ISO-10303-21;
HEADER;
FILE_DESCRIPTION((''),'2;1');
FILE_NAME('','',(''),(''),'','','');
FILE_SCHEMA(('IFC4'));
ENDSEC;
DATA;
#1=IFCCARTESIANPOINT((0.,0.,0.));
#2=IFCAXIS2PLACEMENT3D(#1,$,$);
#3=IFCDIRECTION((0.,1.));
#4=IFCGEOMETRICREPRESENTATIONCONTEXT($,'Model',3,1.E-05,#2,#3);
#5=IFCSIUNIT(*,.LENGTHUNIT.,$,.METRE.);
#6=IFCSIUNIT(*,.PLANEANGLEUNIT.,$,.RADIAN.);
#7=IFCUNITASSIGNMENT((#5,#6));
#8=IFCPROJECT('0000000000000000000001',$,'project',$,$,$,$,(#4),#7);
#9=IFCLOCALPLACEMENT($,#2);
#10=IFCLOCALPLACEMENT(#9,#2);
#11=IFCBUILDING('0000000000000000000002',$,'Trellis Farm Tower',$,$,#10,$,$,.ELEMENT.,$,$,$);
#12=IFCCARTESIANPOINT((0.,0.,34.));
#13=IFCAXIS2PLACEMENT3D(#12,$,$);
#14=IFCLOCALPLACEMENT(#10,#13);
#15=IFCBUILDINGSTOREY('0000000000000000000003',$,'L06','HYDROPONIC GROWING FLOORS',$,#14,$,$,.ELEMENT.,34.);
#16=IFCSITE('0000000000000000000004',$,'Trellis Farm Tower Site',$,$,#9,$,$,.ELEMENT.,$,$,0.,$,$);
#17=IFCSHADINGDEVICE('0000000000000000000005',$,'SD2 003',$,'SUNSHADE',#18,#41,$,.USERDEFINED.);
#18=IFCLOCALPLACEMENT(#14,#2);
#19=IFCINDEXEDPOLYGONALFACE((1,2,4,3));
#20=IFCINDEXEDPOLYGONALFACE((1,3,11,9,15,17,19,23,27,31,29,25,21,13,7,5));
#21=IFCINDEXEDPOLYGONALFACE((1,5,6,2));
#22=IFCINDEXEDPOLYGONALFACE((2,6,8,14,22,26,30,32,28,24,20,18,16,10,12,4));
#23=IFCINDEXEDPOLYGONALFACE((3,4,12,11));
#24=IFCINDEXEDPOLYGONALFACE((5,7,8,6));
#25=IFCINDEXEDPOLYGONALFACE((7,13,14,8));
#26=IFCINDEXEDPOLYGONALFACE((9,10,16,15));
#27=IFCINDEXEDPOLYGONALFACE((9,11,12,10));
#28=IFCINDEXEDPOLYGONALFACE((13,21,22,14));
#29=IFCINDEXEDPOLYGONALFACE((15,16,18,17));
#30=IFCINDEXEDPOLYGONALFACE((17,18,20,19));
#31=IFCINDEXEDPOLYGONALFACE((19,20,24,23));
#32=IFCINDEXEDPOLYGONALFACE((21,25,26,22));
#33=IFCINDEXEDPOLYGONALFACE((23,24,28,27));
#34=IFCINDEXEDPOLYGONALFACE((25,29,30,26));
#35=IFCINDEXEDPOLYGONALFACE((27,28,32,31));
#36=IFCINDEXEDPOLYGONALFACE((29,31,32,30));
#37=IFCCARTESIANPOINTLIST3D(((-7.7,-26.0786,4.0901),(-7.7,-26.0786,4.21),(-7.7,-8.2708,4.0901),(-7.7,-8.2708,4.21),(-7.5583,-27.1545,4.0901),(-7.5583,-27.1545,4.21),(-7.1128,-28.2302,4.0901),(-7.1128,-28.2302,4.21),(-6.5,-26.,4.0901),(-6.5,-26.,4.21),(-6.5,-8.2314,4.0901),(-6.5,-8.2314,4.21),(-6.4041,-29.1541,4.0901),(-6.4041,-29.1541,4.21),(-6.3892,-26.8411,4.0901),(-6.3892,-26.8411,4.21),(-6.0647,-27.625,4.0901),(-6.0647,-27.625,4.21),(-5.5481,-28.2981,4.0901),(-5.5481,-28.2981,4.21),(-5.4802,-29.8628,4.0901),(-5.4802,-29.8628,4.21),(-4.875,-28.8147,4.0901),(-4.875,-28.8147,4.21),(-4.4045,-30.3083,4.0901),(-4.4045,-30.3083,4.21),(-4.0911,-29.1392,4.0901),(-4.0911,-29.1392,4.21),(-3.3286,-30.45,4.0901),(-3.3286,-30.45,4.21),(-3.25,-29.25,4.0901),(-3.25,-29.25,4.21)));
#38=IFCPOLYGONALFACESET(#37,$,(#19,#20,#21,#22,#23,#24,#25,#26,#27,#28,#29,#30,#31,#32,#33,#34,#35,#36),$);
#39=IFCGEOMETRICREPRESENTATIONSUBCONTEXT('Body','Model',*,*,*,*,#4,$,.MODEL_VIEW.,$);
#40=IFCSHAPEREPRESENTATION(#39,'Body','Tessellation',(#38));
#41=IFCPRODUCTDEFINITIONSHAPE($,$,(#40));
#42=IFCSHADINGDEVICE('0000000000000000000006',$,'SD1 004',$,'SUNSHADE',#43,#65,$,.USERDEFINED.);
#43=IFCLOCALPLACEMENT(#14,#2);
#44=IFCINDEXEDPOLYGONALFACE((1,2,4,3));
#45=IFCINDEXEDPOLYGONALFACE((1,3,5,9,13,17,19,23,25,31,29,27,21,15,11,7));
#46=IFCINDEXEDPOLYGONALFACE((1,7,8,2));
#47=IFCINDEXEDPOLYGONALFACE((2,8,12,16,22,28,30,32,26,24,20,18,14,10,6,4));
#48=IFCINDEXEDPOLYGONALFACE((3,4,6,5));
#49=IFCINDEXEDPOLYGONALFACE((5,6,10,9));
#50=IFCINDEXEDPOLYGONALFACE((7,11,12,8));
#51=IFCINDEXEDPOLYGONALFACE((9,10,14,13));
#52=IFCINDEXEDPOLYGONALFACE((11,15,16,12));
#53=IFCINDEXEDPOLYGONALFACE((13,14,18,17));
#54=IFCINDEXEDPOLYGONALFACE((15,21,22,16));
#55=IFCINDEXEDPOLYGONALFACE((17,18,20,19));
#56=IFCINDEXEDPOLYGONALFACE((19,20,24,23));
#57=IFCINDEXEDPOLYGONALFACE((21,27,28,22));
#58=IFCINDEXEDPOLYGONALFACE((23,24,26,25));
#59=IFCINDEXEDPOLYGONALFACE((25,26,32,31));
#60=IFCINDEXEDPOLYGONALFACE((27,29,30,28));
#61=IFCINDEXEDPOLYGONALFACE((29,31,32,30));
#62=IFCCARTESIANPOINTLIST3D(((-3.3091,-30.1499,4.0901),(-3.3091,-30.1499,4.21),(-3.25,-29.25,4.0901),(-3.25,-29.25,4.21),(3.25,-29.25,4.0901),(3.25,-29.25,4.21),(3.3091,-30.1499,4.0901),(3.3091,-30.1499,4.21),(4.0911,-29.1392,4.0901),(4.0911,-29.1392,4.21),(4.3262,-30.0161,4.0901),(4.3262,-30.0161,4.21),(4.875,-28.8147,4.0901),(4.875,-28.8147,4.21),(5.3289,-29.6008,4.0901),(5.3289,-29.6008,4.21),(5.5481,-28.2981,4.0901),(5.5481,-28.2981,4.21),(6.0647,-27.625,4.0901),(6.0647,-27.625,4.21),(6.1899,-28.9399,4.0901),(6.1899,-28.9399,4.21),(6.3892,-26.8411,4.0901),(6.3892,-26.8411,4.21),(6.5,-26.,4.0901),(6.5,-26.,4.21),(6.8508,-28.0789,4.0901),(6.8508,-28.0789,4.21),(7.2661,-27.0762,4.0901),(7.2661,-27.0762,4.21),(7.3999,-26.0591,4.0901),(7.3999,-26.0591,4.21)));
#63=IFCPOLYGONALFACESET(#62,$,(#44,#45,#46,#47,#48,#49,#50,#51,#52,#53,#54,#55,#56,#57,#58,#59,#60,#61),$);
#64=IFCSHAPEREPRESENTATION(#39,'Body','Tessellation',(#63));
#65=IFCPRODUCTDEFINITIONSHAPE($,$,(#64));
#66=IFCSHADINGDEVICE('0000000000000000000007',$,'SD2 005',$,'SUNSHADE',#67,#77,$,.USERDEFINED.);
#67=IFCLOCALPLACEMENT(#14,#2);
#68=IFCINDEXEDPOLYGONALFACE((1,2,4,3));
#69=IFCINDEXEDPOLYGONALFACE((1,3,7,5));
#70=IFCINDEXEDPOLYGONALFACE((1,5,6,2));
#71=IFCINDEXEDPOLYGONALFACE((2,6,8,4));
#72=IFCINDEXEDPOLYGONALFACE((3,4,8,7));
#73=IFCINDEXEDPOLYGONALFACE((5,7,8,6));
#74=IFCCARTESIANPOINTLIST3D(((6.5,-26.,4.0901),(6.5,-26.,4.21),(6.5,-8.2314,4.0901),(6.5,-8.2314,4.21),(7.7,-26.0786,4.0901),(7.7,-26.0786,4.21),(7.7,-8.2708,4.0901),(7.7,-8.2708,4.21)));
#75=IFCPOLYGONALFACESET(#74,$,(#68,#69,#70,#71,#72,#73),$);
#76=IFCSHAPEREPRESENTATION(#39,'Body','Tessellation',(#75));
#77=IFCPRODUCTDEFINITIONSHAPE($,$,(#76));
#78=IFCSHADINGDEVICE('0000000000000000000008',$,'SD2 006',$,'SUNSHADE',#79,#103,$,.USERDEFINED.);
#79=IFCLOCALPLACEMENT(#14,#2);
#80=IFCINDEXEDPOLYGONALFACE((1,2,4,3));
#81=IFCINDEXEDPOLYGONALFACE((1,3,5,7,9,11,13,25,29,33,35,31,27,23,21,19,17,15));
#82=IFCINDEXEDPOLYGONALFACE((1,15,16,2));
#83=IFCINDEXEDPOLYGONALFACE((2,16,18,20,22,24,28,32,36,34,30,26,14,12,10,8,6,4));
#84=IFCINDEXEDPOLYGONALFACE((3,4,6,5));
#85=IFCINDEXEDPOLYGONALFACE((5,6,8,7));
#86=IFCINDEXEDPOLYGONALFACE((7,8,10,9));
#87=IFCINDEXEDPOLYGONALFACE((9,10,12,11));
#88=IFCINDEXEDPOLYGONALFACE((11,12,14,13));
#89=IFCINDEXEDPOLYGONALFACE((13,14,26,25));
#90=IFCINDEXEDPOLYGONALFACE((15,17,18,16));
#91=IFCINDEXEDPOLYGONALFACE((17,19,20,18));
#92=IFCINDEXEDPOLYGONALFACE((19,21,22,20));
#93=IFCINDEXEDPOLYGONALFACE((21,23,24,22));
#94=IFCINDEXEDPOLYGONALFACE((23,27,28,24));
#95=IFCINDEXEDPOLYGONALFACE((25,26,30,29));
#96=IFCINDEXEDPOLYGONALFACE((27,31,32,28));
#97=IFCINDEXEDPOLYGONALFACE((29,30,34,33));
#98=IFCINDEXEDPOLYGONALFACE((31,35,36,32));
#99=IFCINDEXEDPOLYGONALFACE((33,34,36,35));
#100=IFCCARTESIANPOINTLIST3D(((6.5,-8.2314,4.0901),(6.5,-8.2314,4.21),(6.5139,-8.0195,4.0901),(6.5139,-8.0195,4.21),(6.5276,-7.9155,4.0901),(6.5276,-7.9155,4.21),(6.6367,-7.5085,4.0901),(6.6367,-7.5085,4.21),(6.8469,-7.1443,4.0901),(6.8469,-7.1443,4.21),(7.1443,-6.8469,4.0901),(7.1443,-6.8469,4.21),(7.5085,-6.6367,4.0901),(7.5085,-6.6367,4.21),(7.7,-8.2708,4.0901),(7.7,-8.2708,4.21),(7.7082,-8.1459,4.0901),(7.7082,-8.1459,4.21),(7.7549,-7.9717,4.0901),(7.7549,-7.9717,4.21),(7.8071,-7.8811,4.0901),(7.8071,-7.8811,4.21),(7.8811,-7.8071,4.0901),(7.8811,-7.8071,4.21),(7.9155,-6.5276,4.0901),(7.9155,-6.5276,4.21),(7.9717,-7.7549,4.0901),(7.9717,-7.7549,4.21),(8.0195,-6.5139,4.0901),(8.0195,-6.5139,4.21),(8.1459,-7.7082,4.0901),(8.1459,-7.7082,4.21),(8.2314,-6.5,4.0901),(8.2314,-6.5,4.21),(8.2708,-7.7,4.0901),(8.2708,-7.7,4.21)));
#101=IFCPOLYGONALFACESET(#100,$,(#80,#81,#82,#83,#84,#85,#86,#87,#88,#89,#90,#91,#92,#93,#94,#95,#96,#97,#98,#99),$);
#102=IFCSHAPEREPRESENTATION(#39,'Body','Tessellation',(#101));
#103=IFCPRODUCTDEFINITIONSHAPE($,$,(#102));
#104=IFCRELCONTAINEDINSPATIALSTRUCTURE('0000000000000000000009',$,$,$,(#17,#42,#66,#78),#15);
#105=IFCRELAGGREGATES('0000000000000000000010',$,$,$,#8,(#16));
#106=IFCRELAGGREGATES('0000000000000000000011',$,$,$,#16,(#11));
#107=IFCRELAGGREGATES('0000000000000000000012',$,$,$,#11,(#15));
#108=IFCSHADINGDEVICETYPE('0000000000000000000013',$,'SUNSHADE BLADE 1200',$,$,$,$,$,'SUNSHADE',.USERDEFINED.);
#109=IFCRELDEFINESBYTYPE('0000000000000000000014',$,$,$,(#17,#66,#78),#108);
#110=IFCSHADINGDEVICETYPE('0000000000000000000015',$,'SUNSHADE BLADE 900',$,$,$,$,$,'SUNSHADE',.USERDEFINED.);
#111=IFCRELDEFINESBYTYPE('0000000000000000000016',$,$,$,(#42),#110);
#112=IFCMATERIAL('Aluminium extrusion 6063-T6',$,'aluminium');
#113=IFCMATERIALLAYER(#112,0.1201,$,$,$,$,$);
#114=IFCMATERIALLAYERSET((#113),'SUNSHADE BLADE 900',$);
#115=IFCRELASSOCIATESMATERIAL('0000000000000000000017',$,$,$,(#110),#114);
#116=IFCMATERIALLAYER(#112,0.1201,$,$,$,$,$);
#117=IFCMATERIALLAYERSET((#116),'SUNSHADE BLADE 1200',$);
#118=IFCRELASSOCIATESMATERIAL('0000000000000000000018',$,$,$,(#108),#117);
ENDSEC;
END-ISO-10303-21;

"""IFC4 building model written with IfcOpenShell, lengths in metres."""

from ifc_helpers import new_model, si_unit, direction, frame, origin, place, context, subcontext, project, spatial, polyline, outline, extrude, source, transform, mapped, material, layer, layer_set, type_object, element, save


model = new_model("IFC4")

# Units and contexts
model_context = context("Model", 3, precision=1e-05, world=origin(), true_north=direction((0.0, 1.0)))
body_context = subcontext(model_context, "Body", "Model", "MODEL_VIEW")
ifc_project = project(units=[si_unit("LENGTHUNIT", "METRE"), si_unit("PLANEANGLEUNIT", "RADIAN")], contexts=[model_context])

# Site, building, storey
site_placement = place(None, origin())
site = spatial("IfcSite", under=ifc_project, at=site_placement, Name="Trellis Farm Tower Site", CompositionType="ELEMENT", RefElevation=0.0)
building_placement = place(site_placement, origin())
building = spatial("IfcBuilding", under=site, at=building_placement, Name="Trellis Farm Tower", CompositionType="ELEMENT")
storey_placement = place(building_placement, frame((0.0, 0.0, 34.0)))
storey = spatial("IfcBuildingStorey", under=building, at=storey_placement, Name="L06", Description="HYDROPONIC GROWING FLOORS", CompositionType="ELEMENT", Elevation=34.0)

# Shared definitions
ifc_material_1 = material(Name="Aluminium extrusion 6063-T6", Category="aluminium")

# Shading devices
ifc_layer_1 = layer(ifc_material_1, 0.1201)
ifc_layer_set_1 = layer_set([ifc_layer_1], Name="SUNSHADE BLADE 900")
shading_device_type_1 = type_object("IfcShadingDeviceType", Name="SUNSHADE BLADE 900", ElementType="SUNSHADE", PredefinedType="USERDEFINED", material=ifc_layer_set_1)
placement_1 = place(storey_placement, frame((0.0, 0.0, 4.0901)))
ifc_layer_2 = layer(ifc_material_1, 0.1201)
ifc_layer_set_2 = layer_set([ifc_layer_2], Name="SUNSHADE BLADE 1200")
shading_device_type_2 = type_object("IfcShadingDeviceType", Name="SUNSHADE BLADE 1200", ElementType="SUNSHADE", PredefinedType="USERDEFINED", material=ifc_layer_set_2)
shared_shape_1 = source(origin(), body_context, "Body", "SweptSolid", [
    extrude(outline(polyline([(-7.7, -8.2708), (-7.7, -26.0786), (-7.5583, -27.1545), (-7.1128, -28.2302), (-6.4041, -29.1541), (-5.4802, -29.8628), (-4.4045, -30.3083), (-3.3286, -30.45), (-3.25, -29.25), (-4.0911, -29.1392), (-4.875, -28.8147), (-5.5481, -28.2981), (-6.0647, -27.625), (-6.3892, -26.8411), (-6.5, -26.0), (-6.5, -8.2314), (-7.7, -8.2708)])), origin(), (0.0, 0.0, 1.0), 0.1199),
])
element("IfcShadingDevice", 1, at=placement_1, inside=storey, type_object=shading_device_type_2, Name="SD2 003", ObjectType="SUNSHADE", PredefinedType="USERDEFINED", context=body_context, shape_type="MappedRepresentation", body=[
    mapped(shared_shape_1, transform((0.0, 0.0, 0.0))),
])
shared_shape_2 = source(origin(), body_context, "Body", "SweptSolid", [
    extrude(outline(polyline([(-3.3091, -30.1499), (3.3091, -30.1499), (4.3262, -30.0161), (5.3289, -29.6008), (6.1899, -28.9399), (6.8508, -28.0789), (7.2661, -27.0762), (7.3999, -26.0591), (6.5, -26.0), (6.3892, -26.8411), (6.0647, -27.625), (5.5481, -28.2981), (4.875, -28.8147), (4.0911, -29.1392), (3.25, -29.25), (-3.25, -29.25), (-3.3091, -30.1499)])), origin(), (0.0, 0.0, 1.0), 0.1199),
])
element("IfcShadingDevice", 2, at=placement_1, inside=storey, type_object=shading_device_type_1, Name="SD1 004", ObjectType="SUNSHADE", PredefinedType="USERDEFINED", context=body_context, shape_type="MappedRepresentation", body=[
    mapped(shared_shape_2, transform((0.0, 0.0, 0.0))),
])
shared_shape_3 = source(origin(), body_context, "Body", "SweptSolid", [
    extrude(outline(polyline([(7.7, -26.0786), (7.7, -8.2708), (6.5, -8.2314), (6.5, -26.0), (7.7, -26.0786)])), origin(), (0.0, 0.0, 1.0), 0.1199),
])
element("IfcShadingDevice", 3, at=placement_1, inside=storey, type_object=shading_device_type_2, Name="SD2 005", ObjectType="SUNSHADE", PredefinedType="USERDEFINED", context=body_context, shape_type="MappedRepresentation", body=[
    mapped(shared_shape_3, transform((0.0, 0.0, 0.0))),
])
shared_shape_4 = source(origin(), body_context, "Body", "SweptSolid", [
    extrude(outline(polyline([(7.7, -8.2708), (7.7087, -8.1372), (7.707, -8.1501), (7.7549, -7.9717), (7.8071, -7.8811), (7.8811, -7.8071), (7.9717, -7.7549), (8.1501, -7.707), (8.1372, -7.7087), (8.2708, -7.7), (8.2314, -6.5), (8.0195, -6.5139), (7.9155, -6.5276), (7.5085, -6.6367), (7.1443, -6.8469), (6.8469, -7.1443), (6.6367, -7.5085), (6.5276, -7.9155), (6.5139, -8.0195), (6.5, -8.2314), (7.7, -8.2708)])), origin(), (0.0, 0.0, 1.0), 0.1199),
])
element("IfcShadingDevice", 4, at=placement_1, inside=storey, type_object=shading_device_type_2, Name="SD2 006", ObjectType="SUNSHADE", PredefinedType="USERDEFINED", context=body_context, shape_type="MappedRepresentation", body=[
    mapped(shared_shape_4, transform((0.0, 0.0, 0.0))),
])

save(model, "model.ifc")
